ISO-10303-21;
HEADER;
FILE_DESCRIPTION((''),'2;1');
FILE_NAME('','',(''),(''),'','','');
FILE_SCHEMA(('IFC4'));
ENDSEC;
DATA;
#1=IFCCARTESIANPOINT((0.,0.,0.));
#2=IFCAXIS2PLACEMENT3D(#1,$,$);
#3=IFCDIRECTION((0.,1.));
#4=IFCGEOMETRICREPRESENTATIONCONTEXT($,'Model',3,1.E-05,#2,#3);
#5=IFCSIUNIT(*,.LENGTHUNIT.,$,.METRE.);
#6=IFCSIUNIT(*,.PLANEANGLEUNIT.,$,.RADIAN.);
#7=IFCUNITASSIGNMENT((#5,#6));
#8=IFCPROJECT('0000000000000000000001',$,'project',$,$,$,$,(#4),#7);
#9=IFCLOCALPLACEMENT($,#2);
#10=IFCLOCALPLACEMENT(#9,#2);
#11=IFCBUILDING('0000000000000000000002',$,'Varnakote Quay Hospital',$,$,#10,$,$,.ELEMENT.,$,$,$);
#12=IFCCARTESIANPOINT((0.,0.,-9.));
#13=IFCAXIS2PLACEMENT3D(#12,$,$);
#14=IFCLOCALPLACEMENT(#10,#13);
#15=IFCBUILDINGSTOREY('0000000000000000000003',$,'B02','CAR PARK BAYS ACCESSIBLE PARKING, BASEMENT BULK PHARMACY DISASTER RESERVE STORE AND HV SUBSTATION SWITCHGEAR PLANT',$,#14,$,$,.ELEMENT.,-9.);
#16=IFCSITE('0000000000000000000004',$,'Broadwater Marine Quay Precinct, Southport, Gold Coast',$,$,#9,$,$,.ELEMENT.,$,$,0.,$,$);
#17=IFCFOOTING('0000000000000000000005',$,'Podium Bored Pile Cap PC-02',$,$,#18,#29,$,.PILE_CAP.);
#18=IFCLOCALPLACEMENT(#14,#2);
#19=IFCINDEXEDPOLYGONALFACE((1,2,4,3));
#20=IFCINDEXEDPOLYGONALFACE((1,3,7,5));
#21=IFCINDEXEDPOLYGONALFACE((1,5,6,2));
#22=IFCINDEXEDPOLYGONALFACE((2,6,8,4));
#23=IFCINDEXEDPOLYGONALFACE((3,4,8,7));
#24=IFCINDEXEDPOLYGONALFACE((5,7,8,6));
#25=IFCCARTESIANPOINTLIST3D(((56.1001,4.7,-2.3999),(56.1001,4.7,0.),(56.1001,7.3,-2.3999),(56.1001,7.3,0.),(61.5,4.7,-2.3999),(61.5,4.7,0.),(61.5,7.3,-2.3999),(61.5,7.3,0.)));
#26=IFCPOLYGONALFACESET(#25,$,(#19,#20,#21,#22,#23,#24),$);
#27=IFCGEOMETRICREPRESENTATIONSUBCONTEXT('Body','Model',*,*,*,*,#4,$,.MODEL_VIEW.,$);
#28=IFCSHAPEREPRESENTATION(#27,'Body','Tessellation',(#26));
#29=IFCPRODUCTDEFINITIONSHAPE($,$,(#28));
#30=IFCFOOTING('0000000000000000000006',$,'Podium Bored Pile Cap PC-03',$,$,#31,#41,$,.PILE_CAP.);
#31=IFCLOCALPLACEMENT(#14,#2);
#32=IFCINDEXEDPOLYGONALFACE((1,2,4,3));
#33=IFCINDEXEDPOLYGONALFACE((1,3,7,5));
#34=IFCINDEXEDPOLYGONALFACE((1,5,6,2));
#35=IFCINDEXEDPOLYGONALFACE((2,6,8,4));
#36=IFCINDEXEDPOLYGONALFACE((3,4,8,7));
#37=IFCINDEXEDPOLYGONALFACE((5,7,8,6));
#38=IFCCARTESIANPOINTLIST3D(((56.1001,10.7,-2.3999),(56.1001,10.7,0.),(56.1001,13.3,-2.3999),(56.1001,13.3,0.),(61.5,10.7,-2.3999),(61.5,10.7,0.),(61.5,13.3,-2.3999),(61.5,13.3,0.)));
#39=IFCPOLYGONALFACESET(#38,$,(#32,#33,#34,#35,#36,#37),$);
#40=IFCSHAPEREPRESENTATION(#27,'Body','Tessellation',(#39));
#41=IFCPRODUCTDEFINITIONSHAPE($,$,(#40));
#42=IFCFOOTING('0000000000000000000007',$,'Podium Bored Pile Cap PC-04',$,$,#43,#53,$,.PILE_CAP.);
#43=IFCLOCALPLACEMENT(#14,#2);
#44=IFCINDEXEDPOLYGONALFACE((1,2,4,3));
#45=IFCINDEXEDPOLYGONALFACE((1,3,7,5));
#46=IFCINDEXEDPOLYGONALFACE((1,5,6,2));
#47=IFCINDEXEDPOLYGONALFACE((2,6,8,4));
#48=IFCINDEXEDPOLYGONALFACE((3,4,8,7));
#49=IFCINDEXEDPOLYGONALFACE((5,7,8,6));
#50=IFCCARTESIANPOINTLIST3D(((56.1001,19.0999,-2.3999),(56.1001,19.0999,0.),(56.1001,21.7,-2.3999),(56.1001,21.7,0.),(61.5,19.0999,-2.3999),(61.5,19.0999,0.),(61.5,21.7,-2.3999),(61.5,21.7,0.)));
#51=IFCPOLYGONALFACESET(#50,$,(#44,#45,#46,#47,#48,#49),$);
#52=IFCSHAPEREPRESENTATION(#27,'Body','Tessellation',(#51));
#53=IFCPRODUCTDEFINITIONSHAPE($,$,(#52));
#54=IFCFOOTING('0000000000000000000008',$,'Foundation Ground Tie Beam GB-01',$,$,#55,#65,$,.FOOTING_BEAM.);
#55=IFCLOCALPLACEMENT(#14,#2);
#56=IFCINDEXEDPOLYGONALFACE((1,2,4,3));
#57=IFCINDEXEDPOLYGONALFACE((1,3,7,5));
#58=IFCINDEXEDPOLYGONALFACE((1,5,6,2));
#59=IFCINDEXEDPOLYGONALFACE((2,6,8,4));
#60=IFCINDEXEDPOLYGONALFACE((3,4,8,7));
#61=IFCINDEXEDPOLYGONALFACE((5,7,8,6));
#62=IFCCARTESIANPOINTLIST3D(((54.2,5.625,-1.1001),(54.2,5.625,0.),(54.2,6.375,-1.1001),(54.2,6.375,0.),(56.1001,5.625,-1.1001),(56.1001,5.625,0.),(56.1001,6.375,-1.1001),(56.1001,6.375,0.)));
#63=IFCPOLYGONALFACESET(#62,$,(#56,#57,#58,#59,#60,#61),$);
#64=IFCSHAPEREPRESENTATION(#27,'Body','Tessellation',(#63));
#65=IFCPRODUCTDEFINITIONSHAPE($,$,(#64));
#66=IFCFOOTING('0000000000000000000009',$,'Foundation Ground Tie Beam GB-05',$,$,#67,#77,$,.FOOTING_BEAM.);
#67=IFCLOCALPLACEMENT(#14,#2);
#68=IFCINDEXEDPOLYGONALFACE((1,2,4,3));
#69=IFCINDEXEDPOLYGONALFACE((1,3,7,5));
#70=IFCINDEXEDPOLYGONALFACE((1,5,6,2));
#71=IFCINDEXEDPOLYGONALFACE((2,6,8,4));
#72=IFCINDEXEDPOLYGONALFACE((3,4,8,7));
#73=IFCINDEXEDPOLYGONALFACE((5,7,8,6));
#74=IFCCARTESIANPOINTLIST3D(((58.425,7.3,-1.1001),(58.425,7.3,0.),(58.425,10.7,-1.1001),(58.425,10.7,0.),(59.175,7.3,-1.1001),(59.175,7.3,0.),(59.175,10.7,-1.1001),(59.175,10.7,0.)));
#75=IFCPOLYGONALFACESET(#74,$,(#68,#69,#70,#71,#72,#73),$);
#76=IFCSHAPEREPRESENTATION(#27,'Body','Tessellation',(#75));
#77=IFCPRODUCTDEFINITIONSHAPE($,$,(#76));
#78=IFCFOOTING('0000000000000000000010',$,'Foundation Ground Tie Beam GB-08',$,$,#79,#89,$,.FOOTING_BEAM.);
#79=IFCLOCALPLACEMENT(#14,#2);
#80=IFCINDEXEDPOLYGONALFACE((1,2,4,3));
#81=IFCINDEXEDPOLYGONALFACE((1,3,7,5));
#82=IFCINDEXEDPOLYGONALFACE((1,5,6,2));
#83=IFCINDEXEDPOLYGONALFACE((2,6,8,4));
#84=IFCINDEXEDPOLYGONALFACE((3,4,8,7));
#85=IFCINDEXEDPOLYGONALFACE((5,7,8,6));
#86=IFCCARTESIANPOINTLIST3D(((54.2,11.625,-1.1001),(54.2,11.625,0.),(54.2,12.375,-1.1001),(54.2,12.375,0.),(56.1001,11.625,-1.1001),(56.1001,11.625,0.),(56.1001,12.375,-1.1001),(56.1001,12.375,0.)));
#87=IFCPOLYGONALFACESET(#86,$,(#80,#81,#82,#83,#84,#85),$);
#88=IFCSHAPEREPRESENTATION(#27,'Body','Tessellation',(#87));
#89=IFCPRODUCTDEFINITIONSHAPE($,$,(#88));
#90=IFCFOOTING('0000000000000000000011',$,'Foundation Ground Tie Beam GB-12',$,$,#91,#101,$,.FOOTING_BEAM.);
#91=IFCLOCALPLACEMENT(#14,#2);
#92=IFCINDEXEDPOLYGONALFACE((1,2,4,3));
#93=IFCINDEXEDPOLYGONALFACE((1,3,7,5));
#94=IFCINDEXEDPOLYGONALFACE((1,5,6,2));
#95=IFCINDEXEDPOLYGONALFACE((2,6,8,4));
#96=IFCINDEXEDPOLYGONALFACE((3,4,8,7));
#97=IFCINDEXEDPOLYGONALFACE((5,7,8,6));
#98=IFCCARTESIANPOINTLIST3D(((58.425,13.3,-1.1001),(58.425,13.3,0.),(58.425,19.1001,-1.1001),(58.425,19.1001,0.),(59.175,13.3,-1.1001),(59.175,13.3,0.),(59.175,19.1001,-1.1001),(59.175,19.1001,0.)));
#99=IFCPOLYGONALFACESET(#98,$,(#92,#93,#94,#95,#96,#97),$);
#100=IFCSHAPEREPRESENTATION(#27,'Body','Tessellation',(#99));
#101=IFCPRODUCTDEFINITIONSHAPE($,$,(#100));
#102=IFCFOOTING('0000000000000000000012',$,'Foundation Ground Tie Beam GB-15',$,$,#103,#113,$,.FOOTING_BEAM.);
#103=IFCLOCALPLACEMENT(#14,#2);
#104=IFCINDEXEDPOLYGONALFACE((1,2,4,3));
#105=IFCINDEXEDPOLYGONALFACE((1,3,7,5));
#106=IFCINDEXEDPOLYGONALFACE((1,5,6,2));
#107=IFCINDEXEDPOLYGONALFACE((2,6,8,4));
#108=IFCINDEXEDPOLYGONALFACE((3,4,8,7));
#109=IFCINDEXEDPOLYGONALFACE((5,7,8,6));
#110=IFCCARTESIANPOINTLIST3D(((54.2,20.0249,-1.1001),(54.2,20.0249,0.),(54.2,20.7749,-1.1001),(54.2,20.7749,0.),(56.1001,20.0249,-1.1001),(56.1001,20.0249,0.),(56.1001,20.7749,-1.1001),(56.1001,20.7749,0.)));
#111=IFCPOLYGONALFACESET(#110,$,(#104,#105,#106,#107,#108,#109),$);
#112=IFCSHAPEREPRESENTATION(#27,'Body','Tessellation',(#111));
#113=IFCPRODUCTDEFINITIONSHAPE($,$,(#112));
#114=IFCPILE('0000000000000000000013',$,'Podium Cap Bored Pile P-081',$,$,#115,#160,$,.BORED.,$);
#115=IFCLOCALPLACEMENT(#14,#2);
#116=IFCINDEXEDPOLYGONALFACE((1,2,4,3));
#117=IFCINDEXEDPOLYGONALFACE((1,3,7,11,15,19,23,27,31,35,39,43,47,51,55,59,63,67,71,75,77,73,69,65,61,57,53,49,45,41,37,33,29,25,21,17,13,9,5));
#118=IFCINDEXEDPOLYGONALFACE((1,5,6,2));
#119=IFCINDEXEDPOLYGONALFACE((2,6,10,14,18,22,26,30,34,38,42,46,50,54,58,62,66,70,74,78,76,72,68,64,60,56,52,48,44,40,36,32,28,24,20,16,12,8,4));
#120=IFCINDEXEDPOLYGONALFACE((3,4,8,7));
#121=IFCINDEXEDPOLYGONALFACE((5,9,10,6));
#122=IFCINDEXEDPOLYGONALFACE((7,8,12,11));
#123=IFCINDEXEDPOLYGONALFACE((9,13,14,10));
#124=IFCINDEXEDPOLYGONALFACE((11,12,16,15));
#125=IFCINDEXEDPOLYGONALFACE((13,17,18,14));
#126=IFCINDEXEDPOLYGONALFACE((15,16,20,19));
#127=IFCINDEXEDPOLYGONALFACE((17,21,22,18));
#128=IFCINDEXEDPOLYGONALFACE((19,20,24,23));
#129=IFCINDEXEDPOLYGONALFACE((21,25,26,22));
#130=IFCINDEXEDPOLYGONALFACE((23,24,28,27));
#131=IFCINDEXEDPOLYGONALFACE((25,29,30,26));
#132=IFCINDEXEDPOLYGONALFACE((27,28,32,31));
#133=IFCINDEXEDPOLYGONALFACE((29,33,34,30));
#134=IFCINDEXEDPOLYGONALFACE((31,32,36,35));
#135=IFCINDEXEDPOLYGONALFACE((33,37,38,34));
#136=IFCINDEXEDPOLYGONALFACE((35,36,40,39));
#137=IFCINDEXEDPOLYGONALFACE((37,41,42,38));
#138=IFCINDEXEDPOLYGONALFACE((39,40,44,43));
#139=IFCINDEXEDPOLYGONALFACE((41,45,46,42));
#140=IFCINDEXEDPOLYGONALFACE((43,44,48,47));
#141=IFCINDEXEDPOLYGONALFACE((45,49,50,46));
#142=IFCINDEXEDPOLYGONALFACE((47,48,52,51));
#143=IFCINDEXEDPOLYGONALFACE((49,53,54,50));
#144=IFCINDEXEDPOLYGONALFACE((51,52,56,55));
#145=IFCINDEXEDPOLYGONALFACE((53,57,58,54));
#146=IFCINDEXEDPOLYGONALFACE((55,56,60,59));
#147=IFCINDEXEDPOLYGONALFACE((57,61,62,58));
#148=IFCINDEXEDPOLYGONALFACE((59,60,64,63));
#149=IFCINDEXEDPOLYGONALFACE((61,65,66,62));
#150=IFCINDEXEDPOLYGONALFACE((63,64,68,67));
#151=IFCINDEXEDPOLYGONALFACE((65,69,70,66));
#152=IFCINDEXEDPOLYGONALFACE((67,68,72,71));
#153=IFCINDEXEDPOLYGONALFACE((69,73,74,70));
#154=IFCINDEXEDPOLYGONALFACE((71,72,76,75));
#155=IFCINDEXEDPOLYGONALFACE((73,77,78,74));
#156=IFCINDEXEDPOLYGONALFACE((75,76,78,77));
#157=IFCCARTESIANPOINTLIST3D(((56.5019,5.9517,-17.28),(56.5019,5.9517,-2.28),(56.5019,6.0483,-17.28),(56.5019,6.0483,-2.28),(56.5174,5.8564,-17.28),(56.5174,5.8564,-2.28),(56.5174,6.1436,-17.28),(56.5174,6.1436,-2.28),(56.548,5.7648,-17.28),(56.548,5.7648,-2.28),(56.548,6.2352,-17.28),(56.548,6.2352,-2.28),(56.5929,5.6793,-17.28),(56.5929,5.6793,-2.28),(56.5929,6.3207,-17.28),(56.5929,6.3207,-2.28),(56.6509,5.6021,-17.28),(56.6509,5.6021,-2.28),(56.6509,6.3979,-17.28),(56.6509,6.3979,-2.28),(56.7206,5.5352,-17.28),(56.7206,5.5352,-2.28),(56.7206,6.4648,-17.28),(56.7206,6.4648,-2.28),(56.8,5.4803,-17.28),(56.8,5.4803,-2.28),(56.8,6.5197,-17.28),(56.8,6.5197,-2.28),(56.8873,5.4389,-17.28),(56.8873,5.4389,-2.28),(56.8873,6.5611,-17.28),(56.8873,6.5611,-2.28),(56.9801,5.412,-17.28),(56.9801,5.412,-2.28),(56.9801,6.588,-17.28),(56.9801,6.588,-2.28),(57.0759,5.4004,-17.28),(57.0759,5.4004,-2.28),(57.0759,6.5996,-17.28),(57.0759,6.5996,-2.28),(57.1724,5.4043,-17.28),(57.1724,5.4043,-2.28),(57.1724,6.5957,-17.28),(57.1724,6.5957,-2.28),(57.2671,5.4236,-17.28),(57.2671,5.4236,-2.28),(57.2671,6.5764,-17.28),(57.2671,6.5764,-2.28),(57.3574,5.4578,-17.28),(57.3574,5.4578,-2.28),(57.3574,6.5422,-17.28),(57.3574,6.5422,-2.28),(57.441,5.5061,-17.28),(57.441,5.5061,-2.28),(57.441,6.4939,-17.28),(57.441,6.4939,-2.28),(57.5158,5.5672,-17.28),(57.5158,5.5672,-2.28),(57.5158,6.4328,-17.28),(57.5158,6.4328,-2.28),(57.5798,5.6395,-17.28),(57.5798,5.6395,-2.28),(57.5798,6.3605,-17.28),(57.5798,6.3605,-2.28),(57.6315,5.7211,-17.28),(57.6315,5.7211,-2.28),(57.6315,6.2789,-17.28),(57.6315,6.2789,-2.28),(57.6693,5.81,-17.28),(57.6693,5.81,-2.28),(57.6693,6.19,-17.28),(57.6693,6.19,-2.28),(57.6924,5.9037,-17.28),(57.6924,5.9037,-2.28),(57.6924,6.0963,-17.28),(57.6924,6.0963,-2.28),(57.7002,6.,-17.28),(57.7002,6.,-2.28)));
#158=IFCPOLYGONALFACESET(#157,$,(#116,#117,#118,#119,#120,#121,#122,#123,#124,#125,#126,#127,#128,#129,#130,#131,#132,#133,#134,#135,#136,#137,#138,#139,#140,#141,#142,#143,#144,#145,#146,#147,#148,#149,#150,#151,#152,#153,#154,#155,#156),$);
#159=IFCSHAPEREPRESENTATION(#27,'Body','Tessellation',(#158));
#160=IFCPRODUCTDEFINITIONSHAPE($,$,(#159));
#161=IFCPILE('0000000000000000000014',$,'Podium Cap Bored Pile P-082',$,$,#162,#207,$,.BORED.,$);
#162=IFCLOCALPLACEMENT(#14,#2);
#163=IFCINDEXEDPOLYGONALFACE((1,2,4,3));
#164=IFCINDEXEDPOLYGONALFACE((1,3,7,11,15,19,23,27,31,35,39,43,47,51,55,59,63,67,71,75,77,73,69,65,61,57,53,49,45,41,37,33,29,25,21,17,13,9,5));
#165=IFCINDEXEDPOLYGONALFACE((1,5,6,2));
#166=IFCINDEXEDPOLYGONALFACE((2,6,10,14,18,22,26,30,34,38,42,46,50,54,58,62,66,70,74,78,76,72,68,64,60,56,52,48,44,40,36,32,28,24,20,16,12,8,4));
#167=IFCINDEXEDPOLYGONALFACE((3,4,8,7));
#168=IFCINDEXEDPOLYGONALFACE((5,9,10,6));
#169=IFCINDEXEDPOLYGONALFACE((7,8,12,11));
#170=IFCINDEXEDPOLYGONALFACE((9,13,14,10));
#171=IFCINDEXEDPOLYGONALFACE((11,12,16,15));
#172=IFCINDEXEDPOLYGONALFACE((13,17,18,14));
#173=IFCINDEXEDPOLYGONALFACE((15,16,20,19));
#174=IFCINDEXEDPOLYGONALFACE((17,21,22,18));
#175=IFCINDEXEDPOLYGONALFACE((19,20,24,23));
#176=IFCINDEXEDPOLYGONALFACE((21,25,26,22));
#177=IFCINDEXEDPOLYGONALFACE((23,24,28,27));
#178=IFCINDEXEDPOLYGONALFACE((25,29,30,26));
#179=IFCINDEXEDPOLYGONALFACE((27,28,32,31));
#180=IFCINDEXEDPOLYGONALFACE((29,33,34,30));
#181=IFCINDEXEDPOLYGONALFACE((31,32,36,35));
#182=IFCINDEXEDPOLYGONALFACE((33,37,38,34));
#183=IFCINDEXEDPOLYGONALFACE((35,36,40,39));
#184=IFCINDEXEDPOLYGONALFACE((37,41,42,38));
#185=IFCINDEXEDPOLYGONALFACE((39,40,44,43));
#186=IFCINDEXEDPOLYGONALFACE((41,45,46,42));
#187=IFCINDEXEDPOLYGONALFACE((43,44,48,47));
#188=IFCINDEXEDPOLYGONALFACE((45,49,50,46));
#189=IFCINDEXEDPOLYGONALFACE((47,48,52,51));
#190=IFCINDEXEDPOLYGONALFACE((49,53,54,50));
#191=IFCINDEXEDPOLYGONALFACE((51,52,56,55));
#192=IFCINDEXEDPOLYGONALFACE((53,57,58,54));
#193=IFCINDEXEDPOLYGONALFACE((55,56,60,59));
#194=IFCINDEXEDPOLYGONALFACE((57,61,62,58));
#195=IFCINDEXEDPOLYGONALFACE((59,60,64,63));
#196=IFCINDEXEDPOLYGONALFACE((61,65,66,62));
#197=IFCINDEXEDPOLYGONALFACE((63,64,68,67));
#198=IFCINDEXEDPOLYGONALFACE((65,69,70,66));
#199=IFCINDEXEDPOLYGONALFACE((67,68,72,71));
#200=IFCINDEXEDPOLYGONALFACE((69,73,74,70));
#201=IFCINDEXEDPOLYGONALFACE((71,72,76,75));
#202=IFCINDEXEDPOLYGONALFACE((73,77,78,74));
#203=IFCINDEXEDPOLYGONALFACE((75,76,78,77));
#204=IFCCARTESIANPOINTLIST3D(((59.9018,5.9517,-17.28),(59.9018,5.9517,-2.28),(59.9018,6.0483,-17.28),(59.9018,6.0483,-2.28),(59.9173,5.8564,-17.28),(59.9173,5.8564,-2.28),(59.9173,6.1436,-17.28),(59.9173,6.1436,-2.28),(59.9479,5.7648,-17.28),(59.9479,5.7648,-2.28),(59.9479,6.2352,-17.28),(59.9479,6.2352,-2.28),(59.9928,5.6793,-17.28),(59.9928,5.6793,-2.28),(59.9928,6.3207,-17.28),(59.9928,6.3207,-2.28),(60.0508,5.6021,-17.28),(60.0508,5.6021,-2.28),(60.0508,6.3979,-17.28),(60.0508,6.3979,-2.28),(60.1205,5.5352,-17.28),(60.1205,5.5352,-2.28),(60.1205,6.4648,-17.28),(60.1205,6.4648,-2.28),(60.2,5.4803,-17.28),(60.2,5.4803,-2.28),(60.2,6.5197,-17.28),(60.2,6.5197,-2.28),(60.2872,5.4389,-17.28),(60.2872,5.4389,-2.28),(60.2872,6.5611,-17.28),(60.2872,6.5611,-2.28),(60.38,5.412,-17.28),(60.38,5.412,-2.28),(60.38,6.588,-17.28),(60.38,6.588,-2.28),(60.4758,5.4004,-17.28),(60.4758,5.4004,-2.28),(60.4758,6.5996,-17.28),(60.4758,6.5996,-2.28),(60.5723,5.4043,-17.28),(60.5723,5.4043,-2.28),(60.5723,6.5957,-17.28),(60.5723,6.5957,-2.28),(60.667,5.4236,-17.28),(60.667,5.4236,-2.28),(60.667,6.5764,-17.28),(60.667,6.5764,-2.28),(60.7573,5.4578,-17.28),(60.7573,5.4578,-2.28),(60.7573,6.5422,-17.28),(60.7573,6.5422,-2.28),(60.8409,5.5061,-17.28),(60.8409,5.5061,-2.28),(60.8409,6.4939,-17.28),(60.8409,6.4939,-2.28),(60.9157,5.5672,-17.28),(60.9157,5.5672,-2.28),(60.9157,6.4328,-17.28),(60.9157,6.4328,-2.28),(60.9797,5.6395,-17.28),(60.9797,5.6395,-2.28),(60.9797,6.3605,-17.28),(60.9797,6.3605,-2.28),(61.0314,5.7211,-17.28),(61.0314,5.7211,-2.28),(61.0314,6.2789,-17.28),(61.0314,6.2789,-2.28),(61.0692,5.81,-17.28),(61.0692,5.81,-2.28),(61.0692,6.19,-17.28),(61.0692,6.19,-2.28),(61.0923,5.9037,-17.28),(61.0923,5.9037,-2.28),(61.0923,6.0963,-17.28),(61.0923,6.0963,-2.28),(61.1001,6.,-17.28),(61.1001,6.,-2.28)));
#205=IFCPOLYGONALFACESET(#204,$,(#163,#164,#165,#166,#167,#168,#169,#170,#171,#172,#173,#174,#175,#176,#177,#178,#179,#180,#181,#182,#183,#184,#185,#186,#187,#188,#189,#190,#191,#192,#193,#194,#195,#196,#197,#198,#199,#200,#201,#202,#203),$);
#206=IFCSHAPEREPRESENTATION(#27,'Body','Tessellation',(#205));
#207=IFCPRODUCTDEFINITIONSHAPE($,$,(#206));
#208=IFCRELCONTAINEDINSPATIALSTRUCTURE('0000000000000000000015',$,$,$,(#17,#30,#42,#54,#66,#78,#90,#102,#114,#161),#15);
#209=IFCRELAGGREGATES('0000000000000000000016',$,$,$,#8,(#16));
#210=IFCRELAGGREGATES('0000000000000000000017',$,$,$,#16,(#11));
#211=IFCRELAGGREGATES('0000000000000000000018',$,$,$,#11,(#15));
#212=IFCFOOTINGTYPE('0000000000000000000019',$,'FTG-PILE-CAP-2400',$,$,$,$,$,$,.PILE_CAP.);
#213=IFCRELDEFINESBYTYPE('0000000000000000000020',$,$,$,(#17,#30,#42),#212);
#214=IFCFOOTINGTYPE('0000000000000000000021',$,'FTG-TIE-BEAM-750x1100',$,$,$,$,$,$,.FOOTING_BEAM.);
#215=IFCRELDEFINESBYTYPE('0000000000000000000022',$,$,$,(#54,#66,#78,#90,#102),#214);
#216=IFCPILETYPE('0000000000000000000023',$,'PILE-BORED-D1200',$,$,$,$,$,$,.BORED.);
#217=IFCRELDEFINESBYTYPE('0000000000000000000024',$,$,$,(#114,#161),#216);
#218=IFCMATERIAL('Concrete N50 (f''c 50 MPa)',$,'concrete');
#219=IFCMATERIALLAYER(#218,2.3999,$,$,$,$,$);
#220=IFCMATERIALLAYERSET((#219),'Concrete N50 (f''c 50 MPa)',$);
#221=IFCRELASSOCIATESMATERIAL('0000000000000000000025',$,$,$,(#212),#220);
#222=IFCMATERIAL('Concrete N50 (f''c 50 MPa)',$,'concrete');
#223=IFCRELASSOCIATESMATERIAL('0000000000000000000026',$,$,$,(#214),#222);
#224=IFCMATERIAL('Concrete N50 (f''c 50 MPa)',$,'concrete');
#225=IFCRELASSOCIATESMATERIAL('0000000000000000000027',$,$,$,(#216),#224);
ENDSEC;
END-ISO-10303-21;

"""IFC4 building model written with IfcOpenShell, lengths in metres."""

from ifc_helpers import new_model, si_unit, direction, frame, origin, origin_2d, place, context, subcontext, project, spatial, rectangle, circle, extrude, material, layer, layer_set, material_profile, profile_set, type_object, element, save


model = new_model("IFC4")

# Units and contexts
model_context = context("Model", 3, precision=1e-05, world=origin(), true_north=direction((0.0, 1.0)))
body_context = subcontext(model_context, "Body", "Model", "MODEL_VIEW")
ifc_project = project(units=[si_unit("LENGTHUNIT", "METRE"), si_unit("PLANEANGLEUNIT", "RADIAN")], contexts=[model_context])

# Site, building, storey
site_placement = place(None, origin())
site = spatial("IfcSite", under=ifc_project, at=site_placement, Name="Broadwater Marine Quay Precinct, Southport, Gold Coast", CompositionType="ELEMENT", RefElevation=0.0)
building_placement = place(site_placement, origin())
building = spatial("IfcBuilding", under=site, at=building_placement, Name="Varnakote Quay Hospital", CompositionType="ELEMENT")
storey_placement = place(building_placement, frame((0.0, 0.0, -9.0)))
storey = spatial("IfcBuildingStorey", under=building, at=storey_placement, Name="B02", Description="CAR PARK BAYS ACCESSIBLE PARKING, BASEMENT BULK PHARMACY DISASTER RESERVE STORE AND HV SUBSTATION SWITCHGEAR PLANT", CompositionType="ELEMENT", Elevation=-9.0)

# Footings
ifc_material_1 = material(Name="Concrete N50 (f'c 50 MPa)", Category="concrete")
ifc_layer_1 = layer(ifc_material_1, 2.3999)
ifc_layer_set_1 = layer_set([ifc_layer_1], Name="Concrete N50 (f'c 50 MPa)")
footing_type_1 = type_object("IfcFootingType", Name="FTG-PILE-CAP-2400", PredefinedType="PILE_CAP", material=ifc_layer_set_1)
for number, where, z_axis, x_axis, name in (
    (1, (58.8, 6.0, -2.3999), (0.0, 0.0, 1.0), (1.0, 0.0, 0.0), "Podium Bored Pile Cap PC-02"),
    (2, (58.8, 12.0, -2.3999), (0.0, 0.0, 1.0), (1.0, 0.0, 0.0), "Podium Bored Pile Cap PC-03"),
    (3, (58.8, 20.3999, -2.3999), (0.0, 0.0, 1.0), (1.0, 0.0, 0.0), "Podium Bored Pile Cap PC-04"),
):
    element("IfcFooting", number, at=place(storey_placement, frame(where, z_axis=z_axis, x_axis=x_axis)), inside=storey, type_object=footing_type_1, Name=name, PredefinedType="PILE_CAP", context=body_context, shape_type="SweptSolid", body=[
        extrude(rectangle(XDim=5.3999, YDim=2.6001, at=origin_2d()), origin(), (0.0, 0.0, 1.0), 2.3999),
    ])
ifc_material_2 = material(Name="Concrete N50 (f'c 50 MPa)", Category="concrete")
ifc_material_profile_1 = material_profile(ifc_material_2, rectangle(XDim=0.75, YDim=1.1001, at=origin_2d()), Name="RC-GB-750x1100")
ifc_profile_set_1 = profile_set([ifc_material_profile_1], Name="Concrete N50 (f'c 50 MPa)")
footing_type_2 = type_object("IfcFootingType", Name="FTG-TIE-BEAM-750x1100", PredefinedType="FOOTING_BEAM", material=ifc_profile_set_1)
footing_1_placement = place(storey_placement, frame((54.2, 6.0, -0.55), z_axis=(1.0, 0.0, 0.0), x_axis=(0.0, 1.0, 0.0)))
element("IfcFooting", 4, at=footing_1_placement, inside=storey, type_object=footing_type_2, Name="Foundation Ground Tie Beam GB-01", PredefinedType="FOOTING_BEAM", context=body_context, shape_type="SweptSolid", body=[
    extrude(rectangle(XDim=0.75, YDim=1.1001, at=origin_2d()), origin(), (0.0, 0.0, 1.0), 1.9001),
])
footing_2_placement = place(storey_placement, frame((58.8, 7.3, -0.55), z_axis=(0.0, 1.0, 0.0), x_axis=(-1.0, 0.0, 0.0)))
element("IfcFooting", 5, at=footing_2_placement, inside=storey, type_object=footing_type_2, Name="Foundation Ground Tie Beam GB-05", PredefinedType="FOOTING_BEAM", context=body_context, shape_type="SweptSolid", body=[
    extrude(rectangle(XDim=0.75, YDim=1.1001, at=origin_2d()), origin(), (0.0, 0.0, 1.0), 3.3999),
])
footing_3_placement = place(storey_placement, frame((54.2, 12.0, -0.55), z_axis=(1.0, 0.0, 0.0), x_axis=(0.0, 1.0, 0.0)))
element("IfcFooting", 6, at=footing_3_placement, inside=storey, type_object=footing_type_2, Name="Foundation Ground Tie Beam GB-08", PredefinedType="FOOTING_BEAM", context=body_context, shape_type="SweptSolid", body=[
    extrude(rectangle(XDim=0.75, YDim=1.1001, at=origin_2d()), origin(), (0.0, 0.0, 1.0), 1.9001),
])
footing_4_placement = place(storey_placement, frame((58.8, 13.3, -0.55), z_axis=(0.0, 1.0, 0.0), x_axis=(-1.0, 0.0, 0.0)))
element("IfcFooting", 7, at=footing_4_placement, inside=storey, type_object=footing_type_2, Name="Foundation Ground Tie Beam GB-12", PredefinedType="FOOTING_BEAM", context=body_context, shape_type="SweptSolid", body=[
    extrude(rectangle(XDim=0.75, YDim=1.1001, at=origin_2d()), origin(), (0.0, 0.0, 1.0), 5.8),
])
footing_5_placement = place(storey_placement, frame((54.2, 20.3999, -0.55), z_axis=(1.0, 0.0, 0.0), x_axis=(0.0, 1.0, 0.0)))
element("IfcFooting", 8, at=footing_5_placement, inside=storey, type_object=footing_type_2, Name="Foundation Ground Tie Beam GB-15", PredefinedType="FOOTING_BEAM", context=body_context, shape_type="SweptSolid", body=[
    extrude(rectangle(XDim=0.75, YDim=1.1001, at=origin_2d()), origin(), (0.0, 0.0, 1.0), 1.9001),
])

# Piles
ifc_material_3 = material(Name="Concrete N50 (f'c 50 MPa)", Category="concrete")
ifc_material_profile_2 = material_profile(ifc_material_3, circle(Radius=0.6001, at=origin_2d()), Name="PILE-D1200")
ifc_profile_set_2 = profile_set([ifc_material_profile_2], Name="Concrete N50 (f'c 50 MPa)")
pile_type_1 = type_object("IfcPileType", Name="PILE-BORED-D1200", PredefinedType="BORED", material=ifc_profile_set_2)
for number, where, z_axis, x_axis, name in (
    (9, (57.1001, 6.0, -2.28), (0.0, 0.0, -1.0), (1.0, 0.0, 0.0), "Podium Cap Bored Pile P-081"),
    (10, (60.5, 6.0, -2.28), (0.0, 0.0, -1.0), (1.0, 0.0, 0.0), "Podium Cap Bored Pile P-082"),
):
    element("IfcPile", number, at=place(storey_placement, frame(where, z_axis=z_axis, x_axis=x_axis)), inside=storey, type_object=pile_type_1, Name=name, PredefinedType="BORED", context=body_context, shape_type="SweptSolid", body=[
        extrude(circle(Radius=0.6001, at=origin_2d()), origin(), (0.0, 0.0, 1.0), 15.0),
    ])

save(model, "model.ifc")
